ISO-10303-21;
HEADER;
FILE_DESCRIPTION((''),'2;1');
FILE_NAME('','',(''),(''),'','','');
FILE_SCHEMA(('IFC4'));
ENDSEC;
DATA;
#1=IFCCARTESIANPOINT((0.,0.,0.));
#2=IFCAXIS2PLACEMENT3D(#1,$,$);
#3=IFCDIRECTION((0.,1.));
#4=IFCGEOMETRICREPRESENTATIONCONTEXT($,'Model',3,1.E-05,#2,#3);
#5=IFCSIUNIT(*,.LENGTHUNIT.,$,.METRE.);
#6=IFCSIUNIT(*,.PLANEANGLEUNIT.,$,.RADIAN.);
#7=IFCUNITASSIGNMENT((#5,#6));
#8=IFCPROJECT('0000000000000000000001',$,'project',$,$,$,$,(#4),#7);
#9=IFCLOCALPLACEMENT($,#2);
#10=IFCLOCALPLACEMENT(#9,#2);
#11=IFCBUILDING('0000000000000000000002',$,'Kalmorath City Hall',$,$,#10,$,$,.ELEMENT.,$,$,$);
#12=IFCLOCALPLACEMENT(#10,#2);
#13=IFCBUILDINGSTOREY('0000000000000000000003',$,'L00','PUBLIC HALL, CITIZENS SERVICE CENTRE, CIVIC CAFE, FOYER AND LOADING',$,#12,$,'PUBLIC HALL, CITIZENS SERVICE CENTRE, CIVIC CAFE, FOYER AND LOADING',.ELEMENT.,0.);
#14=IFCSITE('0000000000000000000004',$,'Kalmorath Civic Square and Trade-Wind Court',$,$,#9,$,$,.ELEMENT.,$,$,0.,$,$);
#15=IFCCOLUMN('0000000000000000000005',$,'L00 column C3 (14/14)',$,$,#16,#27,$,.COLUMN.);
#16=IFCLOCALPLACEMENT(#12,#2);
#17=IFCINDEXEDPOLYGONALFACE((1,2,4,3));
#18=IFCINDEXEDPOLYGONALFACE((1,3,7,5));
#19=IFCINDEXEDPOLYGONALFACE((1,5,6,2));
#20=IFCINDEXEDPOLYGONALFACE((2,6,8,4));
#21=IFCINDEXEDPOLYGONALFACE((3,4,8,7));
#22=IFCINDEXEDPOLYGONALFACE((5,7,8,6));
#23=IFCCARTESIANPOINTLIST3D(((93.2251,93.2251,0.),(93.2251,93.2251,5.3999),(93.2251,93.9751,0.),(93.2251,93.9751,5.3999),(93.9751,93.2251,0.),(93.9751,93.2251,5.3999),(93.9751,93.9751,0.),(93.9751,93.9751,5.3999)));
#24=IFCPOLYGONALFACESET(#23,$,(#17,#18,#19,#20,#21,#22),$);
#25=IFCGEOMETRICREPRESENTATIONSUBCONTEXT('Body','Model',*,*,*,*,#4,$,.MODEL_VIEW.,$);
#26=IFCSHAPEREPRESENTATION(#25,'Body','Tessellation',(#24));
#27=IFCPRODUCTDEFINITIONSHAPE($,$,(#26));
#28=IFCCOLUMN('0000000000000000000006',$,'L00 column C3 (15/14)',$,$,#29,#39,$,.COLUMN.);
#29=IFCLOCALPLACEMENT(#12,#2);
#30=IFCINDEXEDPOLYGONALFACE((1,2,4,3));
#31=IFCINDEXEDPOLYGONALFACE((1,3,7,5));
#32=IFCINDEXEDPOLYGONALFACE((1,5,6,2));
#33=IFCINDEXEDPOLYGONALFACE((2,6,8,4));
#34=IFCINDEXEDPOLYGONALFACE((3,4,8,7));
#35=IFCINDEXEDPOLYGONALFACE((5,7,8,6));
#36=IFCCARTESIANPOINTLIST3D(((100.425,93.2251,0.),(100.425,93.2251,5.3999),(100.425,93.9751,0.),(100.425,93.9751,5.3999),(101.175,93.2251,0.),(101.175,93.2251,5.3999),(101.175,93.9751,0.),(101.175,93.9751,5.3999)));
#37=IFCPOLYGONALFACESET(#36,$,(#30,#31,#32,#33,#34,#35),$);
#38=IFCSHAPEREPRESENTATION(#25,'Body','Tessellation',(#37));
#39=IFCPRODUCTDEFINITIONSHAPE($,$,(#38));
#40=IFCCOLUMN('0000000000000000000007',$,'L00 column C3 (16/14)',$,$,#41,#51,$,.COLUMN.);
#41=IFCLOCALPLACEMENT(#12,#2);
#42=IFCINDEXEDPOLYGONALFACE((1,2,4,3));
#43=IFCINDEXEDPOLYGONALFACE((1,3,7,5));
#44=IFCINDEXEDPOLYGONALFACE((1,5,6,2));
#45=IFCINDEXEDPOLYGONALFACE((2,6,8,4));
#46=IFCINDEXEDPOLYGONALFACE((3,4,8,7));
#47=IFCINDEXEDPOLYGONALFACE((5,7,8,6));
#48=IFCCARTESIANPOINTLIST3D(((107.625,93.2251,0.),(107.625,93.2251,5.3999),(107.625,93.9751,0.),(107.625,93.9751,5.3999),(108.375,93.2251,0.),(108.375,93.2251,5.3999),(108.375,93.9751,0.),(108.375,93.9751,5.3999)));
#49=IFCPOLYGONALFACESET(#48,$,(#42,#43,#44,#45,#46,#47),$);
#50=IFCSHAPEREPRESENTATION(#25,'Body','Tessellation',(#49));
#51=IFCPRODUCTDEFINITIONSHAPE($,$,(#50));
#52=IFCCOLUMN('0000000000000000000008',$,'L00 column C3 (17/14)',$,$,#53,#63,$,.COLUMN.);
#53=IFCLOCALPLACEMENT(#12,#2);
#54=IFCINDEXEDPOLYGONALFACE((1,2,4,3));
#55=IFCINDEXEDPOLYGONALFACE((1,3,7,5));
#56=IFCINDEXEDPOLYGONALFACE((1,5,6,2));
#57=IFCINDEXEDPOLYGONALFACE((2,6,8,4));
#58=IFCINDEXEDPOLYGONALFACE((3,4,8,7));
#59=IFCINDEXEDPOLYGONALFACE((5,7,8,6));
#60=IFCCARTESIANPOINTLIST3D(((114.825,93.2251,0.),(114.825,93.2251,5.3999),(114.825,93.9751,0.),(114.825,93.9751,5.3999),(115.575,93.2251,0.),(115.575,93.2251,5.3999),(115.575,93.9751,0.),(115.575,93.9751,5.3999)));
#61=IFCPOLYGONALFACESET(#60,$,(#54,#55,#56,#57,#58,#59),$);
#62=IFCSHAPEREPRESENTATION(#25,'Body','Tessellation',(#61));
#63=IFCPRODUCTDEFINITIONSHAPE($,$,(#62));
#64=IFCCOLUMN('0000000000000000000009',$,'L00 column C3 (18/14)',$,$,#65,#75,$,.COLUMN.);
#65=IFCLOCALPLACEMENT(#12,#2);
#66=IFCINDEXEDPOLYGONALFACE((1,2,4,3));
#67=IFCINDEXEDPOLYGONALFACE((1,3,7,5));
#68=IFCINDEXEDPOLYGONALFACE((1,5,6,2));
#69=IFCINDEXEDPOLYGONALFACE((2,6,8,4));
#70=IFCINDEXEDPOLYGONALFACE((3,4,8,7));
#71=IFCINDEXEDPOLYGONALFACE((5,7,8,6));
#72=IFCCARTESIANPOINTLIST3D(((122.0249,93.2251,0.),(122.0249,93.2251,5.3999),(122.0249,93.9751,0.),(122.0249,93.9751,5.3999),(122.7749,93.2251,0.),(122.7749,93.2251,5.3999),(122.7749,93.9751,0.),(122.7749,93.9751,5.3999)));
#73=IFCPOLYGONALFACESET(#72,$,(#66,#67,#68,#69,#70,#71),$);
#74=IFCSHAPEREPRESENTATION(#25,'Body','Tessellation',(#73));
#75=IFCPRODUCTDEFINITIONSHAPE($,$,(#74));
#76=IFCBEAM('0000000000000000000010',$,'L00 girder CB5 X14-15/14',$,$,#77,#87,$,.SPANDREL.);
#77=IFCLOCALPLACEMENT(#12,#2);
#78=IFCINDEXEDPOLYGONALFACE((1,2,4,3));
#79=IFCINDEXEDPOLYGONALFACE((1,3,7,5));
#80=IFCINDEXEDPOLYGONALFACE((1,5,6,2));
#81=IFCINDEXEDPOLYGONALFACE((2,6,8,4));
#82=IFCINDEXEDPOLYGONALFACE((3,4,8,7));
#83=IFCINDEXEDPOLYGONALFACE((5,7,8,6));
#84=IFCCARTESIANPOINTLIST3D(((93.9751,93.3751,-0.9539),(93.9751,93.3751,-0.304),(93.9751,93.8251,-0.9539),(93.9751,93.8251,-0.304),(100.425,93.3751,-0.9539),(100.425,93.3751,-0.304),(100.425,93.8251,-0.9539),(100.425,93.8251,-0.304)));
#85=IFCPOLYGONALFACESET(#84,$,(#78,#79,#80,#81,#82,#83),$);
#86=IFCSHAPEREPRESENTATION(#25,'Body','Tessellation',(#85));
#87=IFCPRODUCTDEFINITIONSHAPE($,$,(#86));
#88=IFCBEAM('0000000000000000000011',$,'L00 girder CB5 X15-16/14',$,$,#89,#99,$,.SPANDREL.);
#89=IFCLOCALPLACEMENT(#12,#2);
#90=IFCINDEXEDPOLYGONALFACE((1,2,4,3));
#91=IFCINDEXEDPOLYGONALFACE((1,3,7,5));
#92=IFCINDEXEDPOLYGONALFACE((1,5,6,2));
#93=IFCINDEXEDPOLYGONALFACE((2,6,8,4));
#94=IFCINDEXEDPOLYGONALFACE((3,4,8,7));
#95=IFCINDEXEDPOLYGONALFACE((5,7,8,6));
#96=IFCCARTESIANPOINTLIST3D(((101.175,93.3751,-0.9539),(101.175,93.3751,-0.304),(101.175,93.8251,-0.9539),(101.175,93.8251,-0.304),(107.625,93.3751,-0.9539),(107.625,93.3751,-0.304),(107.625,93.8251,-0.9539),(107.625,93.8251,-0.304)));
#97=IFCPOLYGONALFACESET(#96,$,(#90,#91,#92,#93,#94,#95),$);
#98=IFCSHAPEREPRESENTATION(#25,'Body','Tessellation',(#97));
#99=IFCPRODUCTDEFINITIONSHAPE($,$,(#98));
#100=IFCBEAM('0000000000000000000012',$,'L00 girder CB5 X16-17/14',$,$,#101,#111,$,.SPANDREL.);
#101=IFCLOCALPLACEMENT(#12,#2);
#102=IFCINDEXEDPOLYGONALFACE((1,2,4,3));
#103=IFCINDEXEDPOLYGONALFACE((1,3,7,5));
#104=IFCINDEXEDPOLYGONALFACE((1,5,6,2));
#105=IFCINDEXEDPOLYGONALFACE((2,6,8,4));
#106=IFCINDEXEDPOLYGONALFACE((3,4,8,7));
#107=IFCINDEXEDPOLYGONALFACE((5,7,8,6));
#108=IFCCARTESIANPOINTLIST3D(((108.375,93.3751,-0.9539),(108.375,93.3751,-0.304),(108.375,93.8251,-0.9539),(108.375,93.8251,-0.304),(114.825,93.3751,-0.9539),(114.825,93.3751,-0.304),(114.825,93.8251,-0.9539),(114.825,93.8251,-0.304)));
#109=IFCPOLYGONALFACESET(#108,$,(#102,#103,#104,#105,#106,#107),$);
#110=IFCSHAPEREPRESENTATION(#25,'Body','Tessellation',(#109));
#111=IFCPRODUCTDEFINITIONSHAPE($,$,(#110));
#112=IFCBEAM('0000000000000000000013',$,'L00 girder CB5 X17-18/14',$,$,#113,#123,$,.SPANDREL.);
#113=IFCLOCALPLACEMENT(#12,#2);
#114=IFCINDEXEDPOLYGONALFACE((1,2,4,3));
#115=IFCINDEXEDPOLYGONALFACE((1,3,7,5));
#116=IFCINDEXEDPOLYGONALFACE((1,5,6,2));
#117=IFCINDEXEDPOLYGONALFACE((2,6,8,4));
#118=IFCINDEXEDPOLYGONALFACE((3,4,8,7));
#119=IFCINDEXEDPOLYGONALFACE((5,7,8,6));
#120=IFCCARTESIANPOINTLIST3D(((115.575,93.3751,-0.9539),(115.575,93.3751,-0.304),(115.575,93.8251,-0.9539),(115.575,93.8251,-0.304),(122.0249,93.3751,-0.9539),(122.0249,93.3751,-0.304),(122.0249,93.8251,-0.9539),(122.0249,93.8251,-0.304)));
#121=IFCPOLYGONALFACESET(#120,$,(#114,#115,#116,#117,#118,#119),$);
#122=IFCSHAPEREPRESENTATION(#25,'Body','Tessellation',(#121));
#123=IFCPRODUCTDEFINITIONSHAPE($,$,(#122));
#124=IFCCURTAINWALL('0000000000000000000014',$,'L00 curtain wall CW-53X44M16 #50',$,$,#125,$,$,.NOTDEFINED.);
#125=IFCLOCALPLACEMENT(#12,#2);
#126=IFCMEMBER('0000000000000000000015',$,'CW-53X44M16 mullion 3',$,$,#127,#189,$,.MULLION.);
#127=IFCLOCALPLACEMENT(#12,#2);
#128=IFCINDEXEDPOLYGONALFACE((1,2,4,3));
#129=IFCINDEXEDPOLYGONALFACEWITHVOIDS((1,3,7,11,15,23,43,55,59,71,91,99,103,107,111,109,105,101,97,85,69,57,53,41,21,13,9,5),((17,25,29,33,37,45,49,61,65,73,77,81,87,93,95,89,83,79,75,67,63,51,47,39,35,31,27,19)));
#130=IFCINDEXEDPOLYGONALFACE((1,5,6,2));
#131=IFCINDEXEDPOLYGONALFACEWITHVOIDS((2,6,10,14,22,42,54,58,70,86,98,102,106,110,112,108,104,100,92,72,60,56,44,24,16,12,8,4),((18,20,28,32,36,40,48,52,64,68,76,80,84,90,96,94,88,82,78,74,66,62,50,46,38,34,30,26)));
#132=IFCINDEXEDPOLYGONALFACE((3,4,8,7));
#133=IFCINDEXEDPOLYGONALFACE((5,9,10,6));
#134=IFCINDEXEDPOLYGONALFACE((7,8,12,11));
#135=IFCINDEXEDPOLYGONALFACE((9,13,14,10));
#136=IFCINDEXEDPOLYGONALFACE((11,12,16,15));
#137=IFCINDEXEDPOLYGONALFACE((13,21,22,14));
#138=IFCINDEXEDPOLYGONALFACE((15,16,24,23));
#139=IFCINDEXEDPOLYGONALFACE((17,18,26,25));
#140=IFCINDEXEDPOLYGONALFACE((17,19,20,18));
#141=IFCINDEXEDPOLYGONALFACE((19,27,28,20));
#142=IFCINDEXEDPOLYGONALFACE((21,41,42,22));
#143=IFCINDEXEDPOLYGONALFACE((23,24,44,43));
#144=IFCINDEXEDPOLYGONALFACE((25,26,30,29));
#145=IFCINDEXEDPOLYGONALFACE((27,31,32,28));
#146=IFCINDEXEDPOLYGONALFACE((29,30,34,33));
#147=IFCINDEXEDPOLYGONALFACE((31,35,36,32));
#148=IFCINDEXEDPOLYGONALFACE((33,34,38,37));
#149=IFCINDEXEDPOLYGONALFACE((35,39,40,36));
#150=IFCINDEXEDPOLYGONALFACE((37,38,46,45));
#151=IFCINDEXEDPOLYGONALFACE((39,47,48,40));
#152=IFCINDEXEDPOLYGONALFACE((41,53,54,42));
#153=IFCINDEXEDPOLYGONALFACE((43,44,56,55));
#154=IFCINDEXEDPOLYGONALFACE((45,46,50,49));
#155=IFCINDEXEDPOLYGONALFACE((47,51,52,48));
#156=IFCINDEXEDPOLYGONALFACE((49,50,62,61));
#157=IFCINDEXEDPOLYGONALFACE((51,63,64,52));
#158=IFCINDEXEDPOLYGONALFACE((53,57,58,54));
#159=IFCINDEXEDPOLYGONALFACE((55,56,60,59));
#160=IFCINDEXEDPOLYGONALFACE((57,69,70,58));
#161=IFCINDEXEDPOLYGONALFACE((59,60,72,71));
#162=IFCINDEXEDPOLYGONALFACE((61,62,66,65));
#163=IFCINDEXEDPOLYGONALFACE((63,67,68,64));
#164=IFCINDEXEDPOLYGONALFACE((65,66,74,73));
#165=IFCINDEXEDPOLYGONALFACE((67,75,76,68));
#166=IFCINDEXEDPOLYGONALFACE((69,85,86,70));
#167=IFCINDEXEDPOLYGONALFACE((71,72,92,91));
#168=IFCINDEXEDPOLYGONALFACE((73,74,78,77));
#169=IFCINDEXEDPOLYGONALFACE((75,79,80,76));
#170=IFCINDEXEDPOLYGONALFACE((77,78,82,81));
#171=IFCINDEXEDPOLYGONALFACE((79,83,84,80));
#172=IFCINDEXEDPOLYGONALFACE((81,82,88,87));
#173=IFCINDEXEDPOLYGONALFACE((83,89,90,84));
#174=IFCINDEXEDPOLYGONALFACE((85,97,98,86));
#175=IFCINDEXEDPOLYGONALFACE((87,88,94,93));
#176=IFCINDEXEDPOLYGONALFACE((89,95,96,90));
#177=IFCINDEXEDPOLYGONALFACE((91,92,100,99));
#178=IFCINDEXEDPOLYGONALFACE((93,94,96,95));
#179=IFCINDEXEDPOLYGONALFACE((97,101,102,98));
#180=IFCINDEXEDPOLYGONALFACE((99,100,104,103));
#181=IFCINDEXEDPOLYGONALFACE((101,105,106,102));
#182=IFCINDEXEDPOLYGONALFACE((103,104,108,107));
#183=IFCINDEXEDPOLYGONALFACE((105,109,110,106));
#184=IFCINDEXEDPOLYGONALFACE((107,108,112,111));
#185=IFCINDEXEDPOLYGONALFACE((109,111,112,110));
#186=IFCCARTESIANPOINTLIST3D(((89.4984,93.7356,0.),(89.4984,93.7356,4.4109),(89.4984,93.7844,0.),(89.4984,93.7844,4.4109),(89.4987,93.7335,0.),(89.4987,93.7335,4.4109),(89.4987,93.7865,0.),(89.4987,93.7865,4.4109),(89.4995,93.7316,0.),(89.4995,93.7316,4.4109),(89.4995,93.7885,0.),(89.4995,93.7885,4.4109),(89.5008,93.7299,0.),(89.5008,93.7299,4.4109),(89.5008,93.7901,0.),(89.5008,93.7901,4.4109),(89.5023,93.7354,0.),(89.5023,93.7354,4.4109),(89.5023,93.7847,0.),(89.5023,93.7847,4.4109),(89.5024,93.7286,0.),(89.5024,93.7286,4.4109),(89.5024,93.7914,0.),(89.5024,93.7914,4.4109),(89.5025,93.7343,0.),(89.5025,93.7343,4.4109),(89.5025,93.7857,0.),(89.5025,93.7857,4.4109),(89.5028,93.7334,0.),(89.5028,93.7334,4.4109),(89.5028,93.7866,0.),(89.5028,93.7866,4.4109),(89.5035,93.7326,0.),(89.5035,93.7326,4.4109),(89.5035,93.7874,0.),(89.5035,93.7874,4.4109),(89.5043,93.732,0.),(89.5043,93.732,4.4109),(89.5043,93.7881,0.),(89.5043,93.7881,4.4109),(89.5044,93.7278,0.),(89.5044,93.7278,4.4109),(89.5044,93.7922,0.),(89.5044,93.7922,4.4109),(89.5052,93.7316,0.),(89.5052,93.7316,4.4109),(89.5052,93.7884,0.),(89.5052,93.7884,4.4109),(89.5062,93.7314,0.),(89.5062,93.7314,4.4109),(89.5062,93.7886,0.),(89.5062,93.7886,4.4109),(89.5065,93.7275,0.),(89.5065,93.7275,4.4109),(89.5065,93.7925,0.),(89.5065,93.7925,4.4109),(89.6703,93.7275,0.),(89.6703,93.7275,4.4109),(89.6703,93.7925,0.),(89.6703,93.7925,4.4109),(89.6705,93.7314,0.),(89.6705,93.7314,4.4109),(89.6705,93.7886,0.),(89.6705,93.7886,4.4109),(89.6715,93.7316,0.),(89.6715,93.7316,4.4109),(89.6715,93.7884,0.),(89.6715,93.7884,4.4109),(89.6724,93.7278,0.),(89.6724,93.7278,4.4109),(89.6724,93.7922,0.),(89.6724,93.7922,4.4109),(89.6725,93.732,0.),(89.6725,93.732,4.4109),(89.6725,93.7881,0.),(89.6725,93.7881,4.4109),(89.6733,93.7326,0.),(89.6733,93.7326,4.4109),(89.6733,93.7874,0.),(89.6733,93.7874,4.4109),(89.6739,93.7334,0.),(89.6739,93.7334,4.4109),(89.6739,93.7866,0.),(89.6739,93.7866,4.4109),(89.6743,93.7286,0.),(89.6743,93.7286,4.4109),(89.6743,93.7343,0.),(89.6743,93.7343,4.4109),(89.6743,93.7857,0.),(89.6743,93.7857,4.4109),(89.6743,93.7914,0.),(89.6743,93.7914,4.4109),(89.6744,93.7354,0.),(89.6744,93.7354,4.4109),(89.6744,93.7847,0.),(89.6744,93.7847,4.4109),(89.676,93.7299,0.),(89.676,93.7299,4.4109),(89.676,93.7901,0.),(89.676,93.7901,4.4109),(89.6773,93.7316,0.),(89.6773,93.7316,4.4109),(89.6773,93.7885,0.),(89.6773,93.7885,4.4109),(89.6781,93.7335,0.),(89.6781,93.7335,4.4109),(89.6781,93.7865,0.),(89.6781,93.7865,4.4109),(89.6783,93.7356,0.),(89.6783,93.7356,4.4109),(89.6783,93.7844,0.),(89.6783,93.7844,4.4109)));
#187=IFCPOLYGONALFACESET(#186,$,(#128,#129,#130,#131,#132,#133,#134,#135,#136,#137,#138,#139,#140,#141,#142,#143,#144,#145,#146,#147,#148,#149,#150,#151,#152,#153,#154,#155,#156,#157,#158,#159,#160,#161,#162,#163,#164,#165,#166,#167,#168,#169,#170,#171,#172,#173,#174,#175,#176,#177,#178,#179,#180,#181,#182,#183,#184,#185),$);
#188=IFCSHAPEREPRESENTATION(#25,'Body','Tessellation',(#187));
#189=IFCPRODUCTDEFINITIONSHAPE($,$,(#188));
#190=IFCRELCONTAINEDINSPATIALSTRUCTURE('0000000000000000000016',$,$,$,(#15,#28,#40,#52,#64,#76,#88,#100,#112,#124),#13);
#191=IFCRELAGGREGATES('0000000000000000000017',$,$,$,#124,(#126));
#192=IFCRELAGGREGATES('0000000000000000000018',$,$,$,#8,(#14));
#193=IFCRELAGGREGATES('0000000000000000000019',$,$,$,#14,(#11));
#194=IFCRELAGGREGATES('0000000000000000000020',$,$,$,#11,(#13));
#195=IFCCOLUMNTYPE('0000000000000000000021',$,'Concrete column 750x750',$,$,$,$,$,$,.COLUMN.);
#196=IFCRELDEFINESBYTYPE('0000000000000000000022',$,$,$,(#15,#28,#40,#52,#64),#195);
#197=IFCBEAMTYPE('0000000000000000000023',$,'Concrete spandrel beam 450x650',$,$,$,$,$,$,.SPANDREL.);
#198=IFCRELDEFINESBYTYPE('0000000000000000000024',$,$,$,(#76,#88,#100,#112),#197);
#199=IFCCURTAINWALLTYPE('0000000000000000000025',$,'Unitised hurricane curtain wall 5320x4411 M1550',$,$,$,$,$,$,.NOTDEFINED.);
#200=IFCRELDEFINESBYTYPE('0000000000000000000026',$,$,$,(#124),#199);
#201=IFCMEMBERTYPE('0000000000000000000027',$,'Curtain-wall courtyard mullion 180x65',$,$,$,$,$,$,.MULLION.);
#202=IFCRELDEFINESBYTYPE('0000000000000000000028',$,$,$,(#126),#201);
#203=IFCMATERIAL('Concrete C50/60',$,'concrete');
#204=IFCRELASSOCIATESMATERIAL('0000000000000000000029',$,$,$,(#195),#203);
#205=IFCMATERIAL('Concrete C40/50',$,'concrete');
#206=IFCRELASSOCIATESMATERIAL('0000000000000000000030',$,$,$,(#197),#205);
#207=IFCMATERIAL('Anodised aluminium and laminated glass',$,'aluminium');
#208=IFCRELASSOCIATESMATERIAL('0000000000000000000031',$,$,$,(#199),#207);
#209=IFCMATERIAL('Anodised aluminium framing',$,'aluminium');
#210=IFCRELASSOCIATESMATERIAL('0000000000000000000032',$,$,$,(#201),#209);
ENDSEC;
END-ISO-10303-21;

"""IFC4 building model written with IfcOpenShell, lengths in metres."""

from ifc_helpers import new_model, si_unit, direction, frame, origin, origin_2d, place, context, subcontext, project, spatial, rectangle, hollow_rectangle, extrude, material, material_profile, profile_set, type_object, element, aggregate, save


model = new_model("IFC4")

# Units and contexts
model_context = context("Model", 3, precision=1e-05, world=origin(), true_north=direction((0.0, 1.0)))
body_context = subcontext(model_context, "Body", "Model", "MODEL_VIEW")
ifc_project = project(units=[si_unit("LENGTHUNIT", "METRE"), si_unit("PLANEANGLEUNIT", "RADIAN")], contexts=[model_context])

# Site, building, storey
site_placement = place(None, origin())
site = spatial("IfcSite", under=ifc_project, at=site_placement, Name="Kalmorath Civic Square and Trade-Wind Court", CompositionType="ELEMENT", RefElevation=0.0)
building_placement = place(site_placement, origin())
building = spatial("IfcBuilding", under=site, at=building_placement, Name="Kalmorath City Hall", CompositionType="ELEMENT")
storey_placement = place(building_placement, origin())
storey = spatial("IfcBuildingStorey", under=building, at=storey_placement, Name="L00", Description="PUBLIC HALL, CITIZENS SERVICE CENTRE, CIVIC CAFE, FOYER AND LOADING", LongName="PUBLIC HALL, CITIZENS SERVICE CENTRE, CIVIC CAFE, FOYER AND LOADING", CompositionType="ELEMENT", Elevation=0.0)

# Columns
ifc_material_1 = material(Name="Concrete C50/60", Category="concrete")
ifc_material_profile_1 = material_profile(ifc_material_1, rectangle(XDim=0.75, YDim=0.75, at=origin_2d()), Name="RC-COL-750X750")
ifc_profile_set_1 = profile_set([ifc_material_profile_1], Name="Concrete C50/60")
column_type = type_object("IfcColumnType", Name="Concrete column 750x750", PredefinedType="COLUMN", material=ifc_profile_set_1)
for number, where, z_axis, x_axis, name in (
    (1, (93.6001, 93.6001, 0.0), (0.0, 0.0, 1.0), (1.0, 0.0, 0.0), "L00 column C3 (14/14)"),
    (2, (100.8, 93.6001, 0.0), (0.0, 0.0, 1.0), (1.0, 0.0, 0.0), "L00 column C3 (15/14)"),
    (3, (108.0, 93.6001, 0.0), (0.0, 0.0, 1.0), (1.0, 0.0, 0.0), "L00 column C3 (16/14)"),
    (4, (115.2, 93.6001, 0.0), (0.0, 0.0, 1.0), (1.0, 0.0, 0.0), "L00 column C3 (17/14)"),
    (5, (122.3999, 93.6001, 0.0), (0.0, 0.0, 1.0), (1.0, 0.0, 0.0), "L00 column C3 (18/14)"),
):
    element("IfcColumn", number, at=place(storey_placement, frame(where, z_axis=z_axis, x_axis=x_axis)), inside=storey, type_object=column_type, Name=name, PredefinedType="COLUMN", context=body_context, shape_type="SweptSolid", body=[
        extrude(rectangle(XDim=0.75, YDim=0.75, at=origin_2d()), origin(), (0.0, 0.0, 1.0), 5.3999),
    ])

# Beams
ifc_material_2 = material(Name="Concrete C40/50", Category="concrete")
ifc_material_profile_2 = material_profile(ifc_material_2, rectangle(XDim=0.45, YDim=0.6499, at=origin_2d()), Name="RC-BM-450X650")
ifc_profile_set_2 = profile_set([ifc_material_profile_2], Name="Concrete C40/50")
beam_type = type_object("IfcBeamType", Name="Concrete spandrel beam 450x650", PredefinedType="SPANDREL", material=ifc_profile_set_2)
for number, where, z_axis, x_axis, name in (
    (6, (93.9751, 93.6001, -0.6289), (1.0, 0.0, 0.0), (0.0, 1.0, 0.0), "L00 girder CB5 X14-15/14"),
    (7, (101.175, 93.6001, -0.6289), (1.0, 0.0, 0.0), (0.0, 1.0, 0.0), "L00 girder CB5 X15-16/14"),
    (8, (108.375, 93.6001, -0.6289), (1.0, 0.0, 0.0), (0.0, 1.0, 0.0), "L00 girder CB5 X16-17/14"),
    (9, (115.575, 93.6001, -0.6289), (1.0, 0.0, 0.0), (0.0, 1.0, 0.0), "L00 girder CB5 X17-18/14"),
):
    element("IfcBeam", number, at=place(storey_placement, frame(where, z_axis=z_axis, x_axis=x_axis)), inside=storey, type_object=beam_type, Name=name, PredefinedType="SPANDREL", context=body_context, shape_type="SweptSolid", body=[
        extrude(rectangle(XDim=0.45, YDim=0.6499, at=origin_2d()), origin(), (0.0, 0.0, 1.0), 6.45),
    ])

# Curtain wall, member
ifc_material_3 = material(Name="Anodised aluminium and laminated glass", Category="aluminium")
curtain_wall_type = type_object("IfcCurtainWallType", Name="Unitised hurricane curtain wall 5320x4411 M1550", PredefinedType="NOTDEFINED", material=ifc_material_3)
curtain_wall_placement = place(storey_placement, origin())
curtain_wall = element("IfcCurtainWall", 10, at=curtain_wall_placement, inside=storey, type_object=curtain_wall_type, Name="L00 curtain wall CW-53X44M16 #50", PredefinedType="NOTDEFINED")
ifc_material_4 = material(Name="Anodised aluminium framing", Category="aluminium")
ifc_material_profile_3 = material_profile(ifc_material_4, hollow_rectangle(XDim=0.0649, YDim=0.1799, WallThickness=0.0039, InnerFilletRadius=0.0039, OuterFilletRadius=0.0081, at=origin_2d()), Name="ALU-MUL-180X65X4")
ifc_profile_set_3 = profile_set([ifc_material_profile_3], Name="Anodised aluminium framing")
member_type_1 = type_object("IfcMemberType", Name="Curtain-wall courtyard mullion 180x65", PredefinedType="MULLION", material=ifc_profile_set_3)
member_1_placement = place(storey_placement, frame((89.5884, 93.76, 0.0), z_axis=(0.0, 0.0, 1.0), x_axis=(0.0, -1.0, 0.0)))
member_1 = element("IfcMember", 11, at=member_1_placement, type_object=member_type_1, Name="CW-53X44M16 mullion 3", PredefinedType="MULLION", context=body_context, shape_type="SweptSolid", body=[
    extrude(hollow_rectangle(XDim=0.0649, YDim=0.1799, WallThickness=0.0039, InnerFilletRadius=0.0039, OuterFilletRadius=0.0081, at=origin_2d()), origin(), (0.0, 0.0, 1.0), 4.4109),
])
aggregate(curtain_wall, [member_1])

save(model, "model.ifc")
